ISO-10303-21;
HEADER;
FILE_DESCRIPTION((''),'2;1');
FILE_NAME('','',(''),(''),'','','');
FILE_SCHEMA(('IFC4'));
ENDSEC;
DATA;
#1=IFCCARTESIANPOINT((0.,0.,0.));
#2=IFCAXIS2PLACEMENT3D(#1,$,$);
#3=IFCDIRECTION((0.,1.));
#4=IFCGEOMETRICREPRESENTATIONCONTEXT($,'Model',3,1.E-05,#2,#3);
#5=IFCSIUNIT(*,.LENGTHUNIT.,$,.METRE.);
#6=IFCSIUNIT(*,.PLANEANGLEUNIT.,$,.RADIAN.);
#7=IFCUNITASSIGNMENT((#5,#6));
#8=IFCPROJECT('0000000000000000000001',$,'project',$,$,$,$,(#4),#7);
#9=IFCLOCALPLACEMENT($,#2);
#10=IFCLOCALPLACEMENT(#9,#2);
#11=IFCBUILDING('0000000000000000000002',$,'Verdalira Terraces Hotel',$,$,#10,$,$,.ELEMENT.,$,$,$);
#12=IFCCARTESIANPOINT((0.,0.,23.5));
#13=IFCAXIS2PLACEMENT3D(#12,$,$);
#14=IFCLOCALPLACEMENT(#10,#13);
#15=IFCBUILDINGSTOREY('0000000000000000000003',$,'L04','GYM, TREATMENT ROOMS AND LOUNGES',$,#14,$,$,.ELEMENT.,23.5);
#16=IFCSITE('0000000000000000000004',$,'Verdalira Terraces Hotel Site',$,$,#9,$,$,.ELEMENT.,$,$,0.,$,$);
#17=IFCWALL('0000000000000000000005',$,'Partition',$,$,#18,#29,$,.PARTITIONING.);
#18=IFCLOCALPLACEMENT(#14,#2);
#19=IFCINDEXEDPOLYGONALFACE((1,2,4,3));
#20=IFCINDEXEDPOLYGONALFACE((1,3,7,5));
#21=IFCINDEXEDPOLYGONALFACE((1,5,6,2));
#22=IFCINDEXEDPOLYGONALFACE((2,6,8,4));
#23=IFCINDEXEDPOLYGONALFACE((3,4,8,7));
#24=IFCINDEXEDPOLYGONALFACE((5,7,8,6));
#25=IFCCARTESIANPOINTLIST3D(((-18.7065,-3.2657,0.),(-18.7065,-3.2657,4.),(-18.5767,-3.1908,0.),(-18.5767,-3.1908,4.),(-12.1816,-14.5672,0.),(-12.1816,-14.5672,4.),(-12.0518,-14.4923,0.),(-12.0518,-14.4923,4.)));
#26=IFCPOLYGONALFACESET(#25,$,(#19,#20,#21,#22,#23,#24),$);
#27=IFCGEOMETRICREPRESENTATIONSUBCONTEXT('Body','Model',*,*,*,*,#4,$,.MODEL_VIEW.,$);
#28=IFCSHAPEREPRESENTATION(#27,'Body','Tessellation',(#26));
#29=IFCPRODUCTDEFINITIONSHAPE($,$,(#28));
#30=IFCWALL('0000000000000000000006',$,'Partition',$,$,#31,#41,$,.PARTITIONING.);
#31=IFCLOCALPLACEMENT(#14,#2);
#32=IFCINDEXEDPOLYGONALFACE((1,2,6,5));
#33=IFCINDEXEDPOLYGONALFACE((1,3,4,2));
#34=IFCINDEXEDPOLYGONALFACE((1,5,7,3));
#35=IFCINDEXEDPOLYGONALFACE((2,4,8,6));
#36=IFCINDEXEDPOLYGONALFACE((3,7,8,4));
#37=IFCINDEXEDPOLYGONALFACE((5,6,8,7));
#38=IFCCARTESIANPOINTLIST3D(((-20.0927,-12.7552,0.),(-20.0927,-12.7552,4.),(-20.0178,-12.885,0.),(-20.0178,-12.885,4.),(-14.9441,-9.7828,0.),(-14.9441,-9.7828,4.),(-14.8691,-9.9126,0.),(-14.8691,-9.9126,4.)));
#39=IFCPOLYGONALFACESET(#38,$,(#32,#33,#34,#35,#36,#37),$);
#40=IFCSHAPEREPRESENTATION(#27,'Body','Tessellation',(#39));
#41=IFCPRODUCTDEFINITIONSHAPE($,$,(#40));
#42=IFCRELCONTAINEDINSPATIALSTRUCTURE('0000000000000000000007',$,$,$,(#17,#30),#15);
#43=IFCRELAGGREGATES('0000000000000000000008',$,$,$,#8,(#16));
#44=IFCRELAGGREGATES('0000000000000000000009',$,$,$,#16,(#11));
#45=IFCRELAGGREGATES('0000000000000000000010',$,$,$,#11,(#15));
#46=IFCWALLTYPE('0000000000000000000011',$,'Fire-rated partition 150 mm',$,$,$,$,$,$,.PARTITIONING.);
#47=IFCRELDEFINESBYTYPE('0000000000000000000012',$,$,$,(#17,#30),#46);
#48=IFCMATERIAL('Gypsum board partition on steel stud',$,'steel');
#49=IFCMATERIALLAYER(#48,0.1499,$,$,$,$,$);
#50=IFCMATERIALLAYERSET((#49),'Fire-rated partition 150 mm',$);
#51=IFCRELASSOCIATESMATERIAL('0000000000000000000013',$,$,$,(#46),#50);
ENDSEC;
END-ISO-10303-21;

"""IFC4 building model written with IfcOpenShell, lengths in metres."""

from ifc_helpers import new_model, si_unit, direction, frame, frame_2d, origin, place, context, subcontext, project, spatial, rectangle, extrude, material, layer, layer_set, type_object, element, save


model = new_model("IFC4")

# Units and contexts
model_context = context("Model", 3, precision=1e-05, world=origin(), true_north=direction((0.0, 1.0)))
body_context = subcontext(model_context, "Body", "Model", "MODEL_VIEW")
ifc_project = project(units=[si_unit("LENGTHUNIT", "METRE"), si_unit("PLANEANGLEUNIT", "RADIAN")], contexts=[model_context])

# Site, building, storey
site_placement = place(None, origin())
site = spatial("IfcSite", under=ifc_project, at=site_placement, Name="Verdalira Terraces Hotel Site", CompositionType="ELEMENT", RefElevation=0.0)
building_placement = place(site_placement, origin())
building = spatial("IfcBuilding", under=site, at=building_placement, Name="Verdalira Terraces Hotel", CompositionType="ELEMENT")
storey_placement = place(building_placement, frame((0.0, 0.0, 23.5)))
storey = spatial("IfcBuildingStorey", under=building, at=storey_placement, Name="L04", Description="GYM, TREATMENT ROOMS AND LOUNGES", CompositionType="ELEMENT", Elevation=23.5)

# Walls
ifc_material_1 = material(Name="Gypsum board partition on steel stud", Category="steel")
ifc_layer_1 = layer(ifc_material_1, 0.1499)
ifc_layer_set_1 = layer_set([ifc_layer_1], Name="Fire-rated partition 150 mm")
wall_type_1 = type_object("IfcWallType", Name="Fire-rated partition 150 mm", PredefinedType="PARTITIONING", material=ifc_layer_set_1)
wall_1_placement = place(storey_placement, frame((-18.6416, -3.2283, 0.0), z_axis=(0.0, 0.0, 1.0), x_axis=(0.499998, -0.866026, 0.0)))
element("IfcWall", 1, at=wall_1_placement, inside=storey, type_object=wall_type_1, Name="Partition", PredefinedType="PARTITIONING", context=body_context, shape_type="SweptSolid", body=[
    extrude(rectangle(XDim=13.0498, YDim=0.1499, at=frame_2d((6.5249, 0.0))), origin(), (0.0, 0.0, 1.0), 4.0),
])
wall_2_placement = place(storey_placement, frame((-14.9065, -9.8477, 0.0), z_axis=(0.0, 0.0, 1.0), x_axis=(-0.866039, -0.499977, 0.0)))
element("IfcWall", 2, at=wall_2_placement, inside=storey, type_object=wall_type_1, Name="Partition", PredefinedType="PARTITIONING", context=body_context, shape_type="SweptSolid", body=[
    extrude(rectangle(XDim=5.9451, YDim=0.1499, at=frame_2d((2.9727, 0.0))), origin(), (0.0, 0.0, 1.0), 4.0),
])

save(model, "model.ifc")
